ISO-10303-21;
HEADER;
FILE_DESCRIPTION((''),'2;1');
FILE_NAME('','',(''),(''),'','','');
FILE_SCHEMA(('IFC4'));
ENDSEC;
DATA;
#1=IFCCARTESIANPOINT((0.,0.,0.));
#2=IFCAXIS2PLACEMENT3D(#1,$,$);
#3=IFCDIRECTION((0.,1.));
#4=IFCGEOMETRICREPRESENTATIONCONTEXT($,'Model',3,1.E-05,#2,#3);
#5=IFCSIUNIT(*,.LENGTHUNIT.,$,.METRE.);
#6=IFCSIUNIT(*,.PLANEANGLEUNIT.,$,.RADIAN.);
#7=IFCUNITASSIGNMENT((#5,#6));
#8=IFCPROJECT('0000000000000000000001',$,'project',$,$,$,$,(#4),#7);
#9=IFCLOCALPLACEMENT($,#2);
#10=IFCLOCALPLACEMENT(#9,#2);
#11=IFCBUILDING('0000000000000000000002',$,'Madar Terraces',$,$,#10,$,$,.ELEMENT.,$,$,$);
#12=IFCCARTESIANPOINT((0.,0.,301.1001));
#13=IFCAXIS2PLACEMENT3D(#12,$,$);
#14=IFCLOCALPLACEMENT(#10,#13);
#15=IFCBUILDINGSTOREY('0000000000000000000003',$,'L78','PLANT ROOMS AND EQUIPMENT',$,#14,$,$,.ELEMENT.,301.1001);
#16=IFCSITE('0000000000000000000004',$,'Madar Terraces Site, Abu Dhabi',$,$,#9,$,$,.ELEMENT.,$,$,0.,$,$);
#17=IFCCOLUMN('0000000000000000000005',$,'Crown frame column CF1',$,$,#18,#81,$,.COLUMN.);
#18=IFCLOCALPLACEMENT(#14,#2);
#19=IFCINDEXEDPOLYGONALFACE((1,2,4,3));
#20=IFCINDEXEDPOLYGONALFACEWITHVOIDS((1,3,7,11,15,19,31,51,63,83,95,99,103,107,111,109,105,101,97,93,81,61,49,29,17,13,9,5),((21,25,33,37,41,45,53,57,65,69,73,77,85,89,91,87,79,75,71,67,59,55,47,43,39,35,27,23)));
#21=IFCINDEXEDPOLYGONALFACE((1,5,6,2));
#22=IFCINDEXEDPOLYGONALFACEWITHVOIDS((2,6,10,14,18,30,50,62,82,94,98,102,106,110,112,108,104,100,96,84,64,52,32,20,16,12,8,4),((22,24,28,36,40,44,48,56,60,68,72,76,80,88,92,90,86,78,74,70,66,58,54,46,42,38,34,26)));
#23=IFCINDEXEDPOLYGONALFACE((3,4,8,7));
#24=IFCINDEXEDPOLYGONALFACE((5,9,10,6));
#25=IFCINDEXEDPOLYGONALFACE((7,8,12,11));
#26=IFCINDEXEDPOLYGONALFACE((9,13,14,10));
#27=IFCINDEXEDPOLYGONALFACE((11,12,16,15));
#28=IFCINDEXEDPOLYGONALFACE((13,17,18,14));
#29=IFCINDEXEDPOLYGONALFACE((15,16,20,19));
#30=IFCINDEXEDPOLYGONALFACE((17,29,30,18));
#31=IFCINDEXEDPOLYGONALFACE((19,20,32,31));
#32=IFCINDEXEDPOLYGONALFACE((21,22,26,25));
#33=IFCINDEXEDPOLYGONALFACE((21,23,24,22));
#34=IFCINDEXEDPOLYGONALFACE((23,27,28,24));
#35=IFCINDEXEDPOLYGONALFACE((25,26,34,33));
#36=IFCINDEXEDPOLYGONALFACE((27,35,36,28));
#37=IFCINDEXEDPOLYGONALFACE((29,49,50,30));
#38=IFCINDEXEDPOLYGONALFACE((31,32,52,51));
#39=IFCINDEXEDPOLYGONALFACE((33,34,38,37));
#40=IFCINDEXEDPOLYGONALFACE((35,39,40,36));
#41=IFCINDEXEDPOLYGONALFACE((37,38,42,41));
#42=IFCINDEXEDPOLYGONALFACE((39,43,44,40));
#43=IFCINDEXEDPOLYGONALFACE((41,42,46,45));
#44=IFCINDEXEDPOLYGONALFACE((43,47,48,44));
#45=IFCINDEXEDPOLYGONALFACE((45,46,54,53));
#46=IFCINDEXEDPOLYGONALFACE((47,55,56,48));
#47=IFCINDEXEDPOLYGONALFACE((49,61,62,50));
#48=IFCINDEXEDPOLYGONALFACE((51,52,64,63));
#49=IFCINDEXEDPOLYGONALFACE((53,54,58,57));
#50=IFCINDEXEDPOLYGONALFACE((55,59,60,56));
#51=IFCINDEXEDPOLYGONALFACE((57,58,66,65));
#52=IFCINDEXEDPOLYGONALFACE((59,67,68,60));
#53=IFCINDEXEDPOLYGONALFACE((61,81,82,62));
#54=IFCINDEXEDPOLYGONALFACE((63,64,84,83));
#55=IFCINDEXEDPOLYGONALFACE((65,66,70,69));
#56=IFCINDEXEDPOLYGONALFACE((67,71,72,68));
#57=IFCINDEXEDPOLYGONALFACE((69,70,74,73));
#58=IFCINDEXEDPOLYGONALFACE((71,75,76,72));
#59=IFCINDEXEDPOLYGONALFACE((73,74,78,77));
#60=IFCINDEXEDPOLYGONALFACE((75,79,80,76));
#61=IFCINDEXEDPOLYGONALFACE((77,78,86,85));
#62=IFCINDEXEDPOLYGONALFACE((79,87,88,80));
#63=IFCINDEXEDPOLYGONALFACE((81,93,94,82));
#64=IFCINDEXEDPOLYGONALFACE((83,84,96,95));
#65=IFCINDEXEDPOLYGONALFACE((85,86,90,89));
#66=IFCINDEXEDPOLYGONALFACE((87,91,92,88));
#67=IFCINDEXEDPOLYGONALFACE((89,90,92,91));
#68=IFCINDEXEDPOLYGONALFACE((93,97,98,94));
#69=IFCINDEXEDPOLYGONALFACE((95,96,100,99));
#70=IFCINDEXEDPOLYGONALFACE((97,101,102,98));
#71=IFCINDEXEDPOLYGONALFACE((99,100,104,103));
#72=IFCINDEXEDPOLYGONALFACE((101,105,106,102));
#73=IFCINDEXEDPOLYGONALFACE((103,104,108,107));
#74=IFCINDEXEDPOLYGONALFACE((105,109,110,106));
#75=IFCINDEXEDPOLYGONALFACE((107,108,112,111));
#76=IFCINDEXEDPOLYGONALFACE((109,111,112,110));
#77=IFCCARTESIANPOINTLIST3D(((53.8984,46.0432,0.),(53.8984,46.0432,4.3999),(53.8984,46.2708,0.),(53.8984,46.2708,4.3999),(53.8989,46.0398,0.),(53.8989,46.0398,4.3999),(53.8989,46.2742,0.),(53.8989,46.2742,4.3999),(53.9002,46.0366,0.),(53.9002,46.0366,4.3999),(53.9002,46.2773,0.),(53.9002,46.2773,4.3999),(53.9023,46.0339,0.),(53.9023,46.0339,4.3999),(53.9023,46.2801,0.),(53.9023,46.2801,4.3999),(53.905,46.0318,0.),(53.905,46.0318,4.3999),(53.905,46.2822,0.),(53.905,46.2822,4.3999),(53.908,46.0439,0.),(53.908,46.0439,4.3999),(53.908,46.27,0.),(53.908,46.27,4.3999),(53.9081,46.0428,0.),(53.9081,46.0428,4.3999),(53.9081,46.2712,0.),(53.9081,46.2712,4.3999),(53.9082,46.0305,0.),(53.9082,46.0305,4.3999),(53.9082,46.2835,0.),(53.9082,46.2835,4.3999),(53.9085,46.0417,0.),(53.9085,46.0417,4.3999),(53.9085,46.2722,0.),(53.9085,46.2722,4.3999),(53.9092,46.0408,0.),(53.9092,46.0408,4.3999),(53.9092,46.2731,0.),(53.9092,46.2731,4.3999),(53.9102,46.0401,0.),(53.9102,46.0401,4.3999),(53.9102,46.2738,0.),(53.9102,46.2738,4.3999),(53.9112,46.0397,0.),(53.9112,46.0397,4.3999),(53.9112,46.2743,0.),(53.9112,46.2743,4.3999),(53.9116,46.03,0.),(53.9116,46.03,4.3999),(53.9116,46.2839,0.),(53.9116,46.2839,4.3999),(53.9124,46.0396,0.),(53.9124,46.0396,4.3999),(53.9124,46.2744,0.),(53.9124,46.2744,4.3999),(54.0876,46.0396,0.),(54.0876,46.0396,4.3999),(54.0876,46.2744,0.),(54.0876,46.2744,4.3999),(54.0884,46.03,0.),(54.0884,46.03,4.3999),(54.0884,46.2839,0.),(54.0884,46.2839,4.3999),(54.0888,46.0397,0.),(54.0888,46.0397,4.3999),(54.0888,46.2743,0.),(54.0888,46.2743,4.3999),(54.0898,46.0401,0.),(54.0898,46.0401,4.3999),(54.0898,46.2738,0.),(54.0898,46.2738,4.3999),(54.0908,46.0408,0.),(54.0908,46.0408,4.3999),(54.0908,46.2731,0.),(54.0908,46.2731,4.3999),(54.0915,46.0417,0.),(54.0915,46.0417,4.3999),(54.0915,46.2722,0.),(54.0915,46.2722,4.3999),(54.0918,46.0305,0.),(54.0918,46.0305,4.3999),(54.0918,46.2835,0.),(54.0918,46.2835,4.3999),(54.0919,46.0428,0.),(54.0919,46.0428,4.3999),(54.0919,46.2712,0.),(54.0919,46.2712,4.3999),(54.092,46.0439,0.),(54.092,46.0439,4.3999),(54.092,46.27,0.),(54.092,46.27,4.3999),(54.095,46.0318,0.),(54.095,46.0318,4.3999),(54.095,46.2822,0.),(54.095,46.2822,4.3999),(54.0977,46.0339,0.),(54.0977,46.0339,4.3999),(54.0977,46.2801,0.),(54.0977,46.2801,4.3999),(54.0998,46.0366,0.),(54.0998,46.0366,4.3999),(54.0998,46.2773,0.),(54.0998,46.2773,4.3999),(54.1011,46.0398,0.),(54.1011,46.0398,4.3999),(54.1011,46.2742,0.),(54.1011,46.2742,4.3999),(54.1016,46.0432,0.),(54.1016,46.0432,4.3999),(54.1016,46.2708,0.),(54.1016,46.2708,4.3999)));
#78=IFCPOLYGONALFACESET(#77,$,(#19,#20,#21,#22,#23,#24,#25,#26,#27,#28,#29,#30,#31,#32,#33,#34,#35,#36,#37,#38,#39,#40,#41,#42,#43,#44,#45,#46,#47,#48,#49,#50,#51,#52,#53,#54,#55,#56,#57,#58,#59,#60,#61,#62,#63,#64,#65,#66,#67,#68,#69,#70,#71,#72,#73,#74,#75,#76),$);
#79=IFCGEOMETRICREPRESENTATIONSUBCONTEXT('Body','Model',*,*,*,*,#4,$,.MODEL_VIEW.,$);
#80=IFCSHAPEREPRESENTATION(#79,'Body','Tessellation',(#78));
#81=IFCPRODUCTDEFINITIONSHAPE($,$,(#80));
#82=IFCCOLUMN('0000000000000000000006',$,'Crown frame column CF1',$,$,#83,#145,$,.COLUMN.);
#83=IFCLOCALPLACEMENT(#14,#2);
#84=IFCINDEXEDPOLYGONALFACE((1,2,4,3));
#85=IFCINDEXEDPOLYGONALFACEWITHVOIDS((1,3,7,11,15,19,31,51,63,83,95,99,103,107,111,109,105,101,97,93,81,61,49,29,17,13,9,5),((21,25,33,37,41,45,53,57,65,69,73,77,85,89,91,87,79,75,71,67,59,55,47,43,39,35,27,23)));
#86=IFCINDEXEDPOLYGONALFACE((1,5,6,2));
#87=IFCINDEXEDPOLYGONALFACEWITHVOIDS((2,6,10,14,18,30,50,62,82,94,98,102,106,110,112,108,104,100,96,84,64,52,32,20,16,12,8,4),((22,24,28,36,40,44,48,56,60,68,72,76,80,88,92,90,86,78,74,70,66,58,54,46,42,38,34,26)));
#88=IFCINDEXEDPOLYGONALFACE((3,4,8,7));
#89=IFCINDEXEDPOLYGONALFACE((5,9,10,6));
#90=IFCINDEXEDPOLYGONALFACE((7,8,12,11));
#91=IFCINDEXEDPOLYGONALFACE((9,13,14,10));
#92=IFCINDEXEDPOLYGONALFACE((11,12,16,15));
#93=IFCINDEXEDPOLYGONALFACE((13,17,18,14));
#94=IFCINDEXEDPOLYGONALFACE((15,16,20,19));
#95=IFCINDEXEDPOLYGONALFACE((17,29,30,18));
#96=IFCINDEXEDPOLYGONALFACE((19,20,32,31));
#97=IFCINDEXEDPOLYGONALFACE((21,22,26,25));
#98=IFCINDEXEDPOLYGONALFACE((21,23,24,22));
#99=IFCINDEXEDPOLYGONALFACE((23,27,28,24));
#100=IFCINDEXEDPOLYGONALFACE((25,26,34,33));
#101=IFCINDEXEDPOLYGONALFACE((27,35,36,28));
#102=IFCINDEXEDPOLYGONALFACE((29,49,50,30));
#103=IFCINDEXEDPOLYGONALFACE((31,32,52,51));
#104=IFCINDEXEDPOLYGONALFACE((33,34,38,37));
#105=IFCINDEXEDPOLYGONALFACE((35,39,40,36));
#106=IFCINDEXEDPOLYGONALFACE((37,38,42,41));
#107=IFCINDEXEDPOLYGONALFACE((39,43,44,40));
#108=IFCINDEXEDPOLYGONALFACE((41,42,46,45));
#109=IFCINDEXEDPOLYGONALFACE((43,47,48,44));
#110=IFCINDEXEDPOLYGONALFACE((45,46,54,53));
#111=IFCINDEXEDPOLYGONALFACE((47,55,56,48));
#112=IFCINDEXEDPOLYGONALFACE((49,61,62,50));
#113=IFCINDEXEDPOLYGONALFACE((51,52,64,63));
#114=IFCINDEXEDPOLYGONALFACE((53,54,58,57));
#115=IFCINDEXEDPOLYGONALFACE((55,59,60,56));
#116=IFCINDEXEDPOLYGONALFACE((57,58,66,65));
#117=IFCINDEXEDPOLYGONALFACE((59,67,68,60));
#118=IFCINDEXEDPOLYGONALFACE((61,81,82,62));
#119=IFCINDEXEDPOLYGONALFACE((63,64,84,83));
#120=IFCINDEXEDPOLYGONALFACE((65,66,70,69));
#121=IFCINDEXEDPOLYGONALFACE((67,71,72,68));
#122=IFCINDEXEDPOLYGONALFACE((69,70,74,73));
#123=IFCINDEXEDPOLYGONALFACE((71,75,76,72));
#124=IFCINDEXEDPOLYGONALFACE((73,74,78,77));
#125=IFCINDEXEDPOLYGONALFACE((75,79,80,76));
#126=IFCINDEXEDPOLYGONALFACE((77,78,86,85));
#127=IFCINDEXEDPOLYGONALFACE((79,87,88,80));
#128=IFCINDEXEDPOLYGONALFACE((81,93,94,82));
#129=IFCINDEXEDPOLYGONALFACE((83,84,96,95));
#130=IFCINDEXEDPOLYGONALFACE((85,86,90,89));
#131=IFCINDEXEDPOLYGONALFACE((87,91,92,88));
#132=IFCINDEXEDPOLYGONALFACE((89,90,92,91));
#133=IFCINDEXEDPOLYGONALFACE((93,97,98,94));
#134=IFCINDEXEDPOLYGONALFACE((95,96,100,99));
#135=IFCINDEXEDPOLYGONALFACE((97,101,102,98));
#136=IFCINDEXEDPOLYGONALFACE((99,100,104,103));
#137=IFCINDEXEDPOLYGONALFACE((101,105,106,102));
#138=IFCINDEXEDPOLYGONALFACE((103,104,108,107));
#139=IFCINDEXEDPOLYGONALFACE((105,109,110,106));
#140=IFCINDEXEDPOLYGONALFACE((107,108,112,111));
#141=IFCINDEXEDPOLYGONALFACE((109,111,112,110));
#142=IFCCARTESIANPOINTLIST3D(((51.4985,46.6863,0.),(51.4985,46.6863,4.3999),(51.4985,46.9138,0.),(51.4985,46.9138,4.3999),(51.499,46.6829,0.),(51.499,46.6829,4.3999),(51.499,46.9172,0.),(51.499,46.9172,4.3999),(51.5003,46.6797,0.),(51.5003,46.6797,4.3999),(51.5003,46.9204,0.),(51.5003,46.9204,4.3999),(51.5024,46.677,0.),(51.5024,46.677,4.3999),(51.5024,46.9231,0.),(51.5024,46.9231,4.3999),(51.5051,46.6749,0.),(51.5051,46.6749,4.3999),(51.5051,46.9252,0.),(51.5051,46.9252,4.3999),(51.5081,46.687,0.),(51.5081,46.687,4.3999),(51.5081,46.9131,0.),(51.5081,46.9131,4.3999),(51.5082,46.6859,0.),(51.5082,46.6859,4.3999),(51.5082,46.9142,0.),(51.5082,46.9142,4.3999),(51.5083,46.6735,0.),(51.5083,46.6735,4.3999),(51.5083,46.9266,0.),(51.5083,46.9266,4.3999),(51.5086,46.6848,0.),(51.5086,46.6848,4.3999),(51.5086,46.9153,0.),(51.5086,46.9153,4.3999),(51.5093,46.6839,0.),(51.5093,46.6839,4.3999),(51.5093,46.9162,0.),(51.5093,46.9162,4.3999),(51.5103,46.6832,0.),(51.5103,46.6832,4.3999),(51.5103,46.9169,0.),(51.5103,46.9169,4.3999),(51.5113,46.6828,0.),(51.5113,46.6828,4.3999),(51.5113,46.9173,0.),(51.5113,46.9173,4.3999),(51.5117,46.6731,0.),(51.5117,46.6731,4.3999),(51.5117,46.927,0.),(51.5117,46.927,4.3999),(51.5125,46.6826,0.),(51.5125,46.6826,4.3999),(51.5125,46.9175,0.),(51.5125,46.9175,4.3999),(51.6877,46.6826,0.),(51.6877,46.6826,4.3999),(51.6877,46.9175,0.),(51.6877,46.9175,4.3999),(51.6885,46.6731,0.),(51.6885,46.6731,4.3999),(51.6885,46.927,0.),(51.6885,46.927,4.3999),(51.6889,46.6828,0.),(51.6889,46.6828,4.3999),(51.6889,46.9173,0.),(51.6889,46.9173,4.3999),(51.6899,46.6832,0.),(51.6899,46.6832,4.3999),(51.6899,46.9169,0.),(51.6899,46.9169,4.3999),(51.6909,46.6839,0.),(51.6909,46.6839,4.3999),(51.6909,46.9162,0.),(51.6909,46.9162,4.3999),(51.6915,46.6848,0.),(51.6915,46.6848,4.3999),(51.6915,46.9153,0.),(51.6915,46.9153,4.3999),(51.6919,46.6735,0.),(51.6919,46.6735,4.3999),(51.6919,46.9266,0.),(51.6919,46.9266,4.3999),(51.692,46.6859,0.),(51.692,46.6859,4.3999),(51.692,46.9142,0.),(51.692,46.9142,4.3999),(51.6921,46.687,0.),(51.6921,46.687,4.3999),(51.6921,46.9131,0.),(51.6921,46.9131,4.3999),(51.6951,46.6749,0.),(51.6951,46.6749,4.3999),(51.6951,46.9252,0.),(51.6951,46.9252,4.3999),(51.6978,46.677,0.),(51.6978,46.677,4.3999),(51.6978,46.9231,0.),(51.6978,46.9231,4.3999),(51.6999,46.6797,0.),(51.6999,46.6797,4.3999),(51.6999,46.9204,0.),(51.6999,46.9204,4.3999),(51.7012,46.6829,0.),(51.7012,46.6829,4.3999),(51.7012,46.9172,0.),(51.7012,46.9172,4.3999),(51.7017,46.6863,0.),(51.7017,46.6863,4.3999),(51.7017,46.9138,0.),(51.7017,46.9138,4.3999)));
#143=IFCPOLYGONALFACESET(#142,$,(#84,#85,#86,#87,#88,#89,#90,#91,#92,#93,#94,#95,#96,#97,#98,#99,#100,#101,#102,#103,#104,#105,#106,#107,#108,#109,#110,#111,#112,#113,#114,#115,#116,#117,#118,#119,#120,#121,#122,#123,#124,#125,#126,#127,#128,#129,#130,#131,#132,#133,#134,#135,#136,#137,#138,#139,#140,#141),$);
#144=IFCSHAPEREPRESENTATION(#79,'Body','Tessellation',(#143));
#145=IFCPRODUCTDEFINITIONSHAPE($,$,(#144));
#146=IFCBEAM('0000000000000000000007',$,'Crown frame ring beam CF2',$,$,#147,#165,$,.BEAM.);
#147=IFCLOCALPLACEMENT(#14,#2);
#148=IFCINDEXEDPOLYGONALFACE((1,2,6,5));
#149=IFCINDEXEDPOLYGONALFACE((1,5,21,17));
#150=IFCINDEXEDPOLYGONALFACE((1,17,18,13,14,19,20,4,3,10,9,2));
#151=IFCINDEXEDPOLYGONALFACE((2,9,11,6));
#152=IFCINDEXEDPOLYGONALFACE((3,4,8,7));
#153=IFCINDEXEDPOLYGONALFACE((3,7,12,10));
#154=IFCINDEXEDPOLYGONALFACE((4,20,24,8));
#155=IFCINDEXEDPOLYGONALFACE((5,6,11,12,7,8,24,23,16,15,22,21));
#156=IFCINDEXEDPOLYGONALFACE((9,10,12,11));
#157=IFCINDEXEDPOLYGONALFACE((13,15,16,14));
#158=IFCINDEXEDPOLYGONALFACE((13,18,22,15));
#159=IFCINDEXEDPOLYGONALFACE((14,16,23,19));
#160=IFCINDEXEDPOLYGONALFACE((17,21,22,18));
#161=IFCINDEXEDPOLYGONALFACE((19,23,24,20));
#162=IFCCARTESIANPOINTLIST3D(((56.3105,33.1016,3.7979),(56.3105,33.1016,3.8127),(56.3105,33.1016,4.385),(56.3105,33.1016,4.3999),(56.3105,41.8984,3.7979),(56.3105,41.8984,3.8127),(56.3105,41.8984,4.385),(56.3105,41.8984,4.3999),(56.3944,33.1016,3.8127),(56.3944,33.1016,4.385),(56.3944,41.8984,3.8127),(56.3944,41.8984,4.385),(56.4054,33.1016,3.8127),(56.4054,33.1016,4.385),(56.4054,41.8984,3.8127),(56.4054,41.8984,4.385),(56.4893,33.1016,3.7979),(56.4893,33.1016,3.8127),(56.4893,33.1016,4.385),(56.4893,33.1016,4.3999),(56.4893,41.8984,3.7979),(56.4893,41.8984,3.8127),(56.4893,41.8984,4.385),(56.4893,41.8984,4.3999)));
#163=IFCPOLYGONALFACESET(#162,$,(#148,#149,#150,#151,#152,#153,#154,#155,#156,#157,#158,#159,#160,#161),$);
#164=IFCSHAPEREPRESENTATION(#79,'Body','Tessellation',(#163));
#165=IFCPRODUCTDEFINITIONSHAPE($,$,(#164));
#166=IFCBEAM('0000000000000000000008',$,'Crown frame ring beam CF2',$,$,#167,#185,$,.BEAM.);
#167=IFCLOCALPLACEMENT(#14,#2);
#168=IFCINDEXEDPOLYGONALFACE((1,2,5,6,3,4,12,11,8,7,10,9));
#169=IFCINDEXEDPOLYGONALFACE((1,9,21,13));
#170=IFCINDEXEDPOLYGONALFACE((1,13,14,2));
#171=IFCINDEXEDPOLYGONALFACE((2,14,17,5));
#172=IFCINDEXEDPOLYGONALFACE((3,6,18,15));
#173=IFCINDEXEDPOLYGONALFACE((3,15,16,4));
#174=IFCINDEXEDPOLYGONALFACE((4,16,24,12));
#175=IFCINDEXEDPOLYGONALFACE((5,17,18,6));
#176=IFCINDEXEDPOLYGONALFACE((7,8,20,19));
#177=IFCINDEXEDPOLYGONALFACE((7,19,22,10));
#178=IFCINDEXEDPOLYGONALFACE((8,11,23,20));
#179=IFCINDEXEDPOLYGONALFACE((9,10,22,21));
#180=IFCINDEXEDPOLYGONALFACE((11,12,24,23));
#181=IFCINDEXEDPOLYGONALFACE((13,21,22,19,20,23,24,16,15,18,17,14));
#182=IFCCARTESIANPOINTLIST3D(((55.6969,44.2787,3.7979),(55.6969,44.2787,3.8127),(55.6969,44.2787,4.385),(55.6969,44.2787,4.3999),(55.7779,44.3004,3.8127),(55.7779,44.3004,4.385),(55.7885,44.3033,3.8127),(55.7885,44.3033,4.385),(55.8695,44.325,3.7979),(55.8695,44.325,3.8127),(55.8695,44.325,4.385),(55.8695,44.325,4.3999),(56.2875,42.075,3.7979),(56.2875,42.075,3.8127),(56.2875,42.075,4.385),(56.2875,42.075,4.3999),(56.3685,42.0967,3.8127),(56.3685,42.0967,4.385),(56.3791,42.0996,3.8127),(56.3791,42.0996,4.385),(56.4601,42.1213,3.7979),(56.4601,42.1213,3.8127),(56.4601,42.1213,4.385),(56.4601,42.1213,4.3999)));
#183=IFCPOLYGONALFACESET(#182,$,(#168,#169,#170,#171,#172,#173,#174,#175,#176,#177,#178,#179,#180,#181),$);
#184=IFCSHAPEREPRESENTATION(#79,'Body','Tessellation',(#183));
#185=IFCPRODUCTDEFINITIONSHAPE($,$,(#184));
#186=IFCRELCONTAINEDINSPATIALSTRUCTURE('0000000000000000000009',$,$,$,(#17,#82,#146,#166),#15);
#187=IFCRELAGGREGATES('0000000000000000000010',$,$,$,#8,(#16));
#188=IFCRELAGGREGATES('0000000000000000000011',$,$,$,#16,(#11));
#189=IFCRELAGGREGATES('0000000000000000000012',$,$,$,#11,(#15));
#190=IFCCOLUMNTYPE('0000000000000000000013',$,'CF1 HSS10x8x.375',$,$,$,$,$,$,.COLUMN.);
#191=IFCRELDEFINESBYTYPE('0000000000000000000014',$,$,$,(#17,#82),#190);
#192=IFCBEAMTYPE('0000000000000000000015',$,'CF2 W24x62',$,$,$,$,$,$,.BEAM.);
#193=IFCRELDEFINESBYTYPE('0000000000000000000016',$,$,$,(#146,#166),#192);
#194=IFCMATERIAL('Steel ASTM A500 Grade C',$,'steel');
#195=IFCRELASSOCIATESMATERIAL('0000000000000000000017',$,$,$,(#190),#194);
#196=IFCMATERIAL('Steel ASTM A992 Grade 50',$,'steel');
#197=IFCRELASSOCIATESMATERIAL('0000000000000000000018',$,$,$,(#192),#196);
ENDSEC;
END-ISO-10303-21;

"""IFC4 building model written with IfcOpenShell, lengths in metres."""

from ifc_helpers import new_model, si_unit, direction, frame, origin, origin_2d, place, context, subcontext, project, spatial, hollow_rectangle, i_section, extrude, material, material_profile, profile_set, type_object, element, save


model = new_model("IFC4")

# Units and contexts
model_context = context("Model", 3, precision=1e-05, world=origin(), true_north=direction((0.0, 1.0)))
body_context = subcontext(model_context, "Body", "Model", "MODEL_VIEW")
ifc_project = project(units=[si_unit("LENGTHUNIT", "METRE"), si_unit("PLANEANGLEUNIT", "RADIAN")], contexts=[model_context])

# Site, building, storey
site_placement = place(None, origin())
site = spatial("IfcSite", under=ifc_project, at=site_placement, Name="Madar Terraces Site, Abu Dhabi", CompositionType="ELEMENT", RefElevation=0.0)
building_placement = place(site_placement, origin())
building = spatial("IfcBuilding", under=site, at=building_placement, Name="Madar Terraces", CompositionType="ELEMENT")
storey_placement = place(building_placement, frame((0.0, 0.0, 301.1001)))
storey = spatial("IfcBuildingStorey", under=building, at=storey_placement, Name="L78", Description="PLANT ROOMS AND EQUIPMENT", CompositionType="ELEMENT", Elevation=301.1001)

# Columns
ifc_material_1 = material(Name="Steel ASTM A500 Grade C", Category="steel")
ifc_material_profile_1 = material_profile(ifc_material_1, hollow_rectangle(XDim=0.2031, YDim=0.2539, WallThickness=0.0095, InnerFilletRadius=0.0044, OuterFilletRadius=0.0132, at=origin_2d()), Name="HSS10x8x.375")
ifc_profile_set_1 = profile_set([ifc_material_profile_1], Name="Steel ASTM A500 Grade C")
column_type = type_object("IfcColumnType", Name="CF1 HSS10x8x.375", PredefinedType="COLUMN", material=ifc_profile_set_1)
for number, where, z_axis, x_axis, name in (
    (1, (54.0, 46.157, 0.0), (0.0, 0.0, 1.0), (1.0, 0.0, 0.0), "Crown frame column CF1"),
    (2, (51.6001, 46.8, 0.0), (0.0, 0.0, 1.0), (1.0, 0.0, 0.0), "Crown frame column CF1"),
):
    element("IfcColumn", number, at=place(storey_placement, frame(where, z_axis=z_axis, x_axis=x_axis)), inside=storey, type_object=column_type, Name=name, PredefinedType="COLUMN", context=body_context, shape_type="SweptSolid", body=[
        extrude(hollow_rectangle(XDim=0.2031, YDim=0.2539, WallThickness=0.0095, InnerFilletRadius=0.0044, OuterFilletRadius=0.0132, at=origin_2d()), origin(), (0.0, 0.0, 1.0), 4.3999),
    ])

# Beams
ifc_material_2 = material(Name="Steel ASTM A992 Grade 50", Category="steel")
ifc_material_profile_2 = material_profile(ifc_material_2, i_section(OverallWidth=0.1787, OverallDepth=0.6021, WebThickness=0.011, FlangeThickness=0.0149, at=origin_2d()), Name="W24x62")
ifc_profile_set_2 = profile_set([ifc_material_profile_2], Name="Steel ASTM A992 Grade 50")
beam_type = type_object("IfcBeamType", Name="CF2 W24x62", PredefinedType="BEAM", material=ifc_profile_set_2)
beam_1_placement = place(storey_placement, frame((56.3999, 33.1016, 4.0989), z_axis=(0.0, 1.0, 0.0), x_axis=(-1.0, 0.0, 0.0)))
element("IfcBeam", 3, at=beam_1_placement, inside=storey, type_object=beam_type, Name="Crown frame ring beam CF2", PredefinedType="BEAM", context=body_context, shape_type="SweptSolid", body=[
    extrude(i_section(OverallWidth=0.1787, OverallDepth=0.6021, WebThickness=0.011, FlangeThickness=0.0149, at=origin_2d()), origin(), (0.0, 0.0, 1.0), 8.7969),
])
beam_2_placement = place(storey_placement, frame((56.3738, 42.0981, 4.0989), z_axis=(-0.258868, 0.965913, 0.0), x_axis=(-0.965913, -0.258868, 0.0)))
element("IfcBeam", 4, at=beam_2_placement, inside=storey, type_object=beam_type, Name="Crown frame ring beam CF2", PredefinedType="BEAM", context=body_context, shape_type="SweptSolid", body=[
    extrude(i_section(OverallWidth=0.1787, OverallDepth=0.6021, WebThickness=0.011, FlangeThickness=0.0149, at=origin_2d()), origin(), (0.0, 0.0, 1.0), 2.2815),
])

save(model, "model.ifc")
